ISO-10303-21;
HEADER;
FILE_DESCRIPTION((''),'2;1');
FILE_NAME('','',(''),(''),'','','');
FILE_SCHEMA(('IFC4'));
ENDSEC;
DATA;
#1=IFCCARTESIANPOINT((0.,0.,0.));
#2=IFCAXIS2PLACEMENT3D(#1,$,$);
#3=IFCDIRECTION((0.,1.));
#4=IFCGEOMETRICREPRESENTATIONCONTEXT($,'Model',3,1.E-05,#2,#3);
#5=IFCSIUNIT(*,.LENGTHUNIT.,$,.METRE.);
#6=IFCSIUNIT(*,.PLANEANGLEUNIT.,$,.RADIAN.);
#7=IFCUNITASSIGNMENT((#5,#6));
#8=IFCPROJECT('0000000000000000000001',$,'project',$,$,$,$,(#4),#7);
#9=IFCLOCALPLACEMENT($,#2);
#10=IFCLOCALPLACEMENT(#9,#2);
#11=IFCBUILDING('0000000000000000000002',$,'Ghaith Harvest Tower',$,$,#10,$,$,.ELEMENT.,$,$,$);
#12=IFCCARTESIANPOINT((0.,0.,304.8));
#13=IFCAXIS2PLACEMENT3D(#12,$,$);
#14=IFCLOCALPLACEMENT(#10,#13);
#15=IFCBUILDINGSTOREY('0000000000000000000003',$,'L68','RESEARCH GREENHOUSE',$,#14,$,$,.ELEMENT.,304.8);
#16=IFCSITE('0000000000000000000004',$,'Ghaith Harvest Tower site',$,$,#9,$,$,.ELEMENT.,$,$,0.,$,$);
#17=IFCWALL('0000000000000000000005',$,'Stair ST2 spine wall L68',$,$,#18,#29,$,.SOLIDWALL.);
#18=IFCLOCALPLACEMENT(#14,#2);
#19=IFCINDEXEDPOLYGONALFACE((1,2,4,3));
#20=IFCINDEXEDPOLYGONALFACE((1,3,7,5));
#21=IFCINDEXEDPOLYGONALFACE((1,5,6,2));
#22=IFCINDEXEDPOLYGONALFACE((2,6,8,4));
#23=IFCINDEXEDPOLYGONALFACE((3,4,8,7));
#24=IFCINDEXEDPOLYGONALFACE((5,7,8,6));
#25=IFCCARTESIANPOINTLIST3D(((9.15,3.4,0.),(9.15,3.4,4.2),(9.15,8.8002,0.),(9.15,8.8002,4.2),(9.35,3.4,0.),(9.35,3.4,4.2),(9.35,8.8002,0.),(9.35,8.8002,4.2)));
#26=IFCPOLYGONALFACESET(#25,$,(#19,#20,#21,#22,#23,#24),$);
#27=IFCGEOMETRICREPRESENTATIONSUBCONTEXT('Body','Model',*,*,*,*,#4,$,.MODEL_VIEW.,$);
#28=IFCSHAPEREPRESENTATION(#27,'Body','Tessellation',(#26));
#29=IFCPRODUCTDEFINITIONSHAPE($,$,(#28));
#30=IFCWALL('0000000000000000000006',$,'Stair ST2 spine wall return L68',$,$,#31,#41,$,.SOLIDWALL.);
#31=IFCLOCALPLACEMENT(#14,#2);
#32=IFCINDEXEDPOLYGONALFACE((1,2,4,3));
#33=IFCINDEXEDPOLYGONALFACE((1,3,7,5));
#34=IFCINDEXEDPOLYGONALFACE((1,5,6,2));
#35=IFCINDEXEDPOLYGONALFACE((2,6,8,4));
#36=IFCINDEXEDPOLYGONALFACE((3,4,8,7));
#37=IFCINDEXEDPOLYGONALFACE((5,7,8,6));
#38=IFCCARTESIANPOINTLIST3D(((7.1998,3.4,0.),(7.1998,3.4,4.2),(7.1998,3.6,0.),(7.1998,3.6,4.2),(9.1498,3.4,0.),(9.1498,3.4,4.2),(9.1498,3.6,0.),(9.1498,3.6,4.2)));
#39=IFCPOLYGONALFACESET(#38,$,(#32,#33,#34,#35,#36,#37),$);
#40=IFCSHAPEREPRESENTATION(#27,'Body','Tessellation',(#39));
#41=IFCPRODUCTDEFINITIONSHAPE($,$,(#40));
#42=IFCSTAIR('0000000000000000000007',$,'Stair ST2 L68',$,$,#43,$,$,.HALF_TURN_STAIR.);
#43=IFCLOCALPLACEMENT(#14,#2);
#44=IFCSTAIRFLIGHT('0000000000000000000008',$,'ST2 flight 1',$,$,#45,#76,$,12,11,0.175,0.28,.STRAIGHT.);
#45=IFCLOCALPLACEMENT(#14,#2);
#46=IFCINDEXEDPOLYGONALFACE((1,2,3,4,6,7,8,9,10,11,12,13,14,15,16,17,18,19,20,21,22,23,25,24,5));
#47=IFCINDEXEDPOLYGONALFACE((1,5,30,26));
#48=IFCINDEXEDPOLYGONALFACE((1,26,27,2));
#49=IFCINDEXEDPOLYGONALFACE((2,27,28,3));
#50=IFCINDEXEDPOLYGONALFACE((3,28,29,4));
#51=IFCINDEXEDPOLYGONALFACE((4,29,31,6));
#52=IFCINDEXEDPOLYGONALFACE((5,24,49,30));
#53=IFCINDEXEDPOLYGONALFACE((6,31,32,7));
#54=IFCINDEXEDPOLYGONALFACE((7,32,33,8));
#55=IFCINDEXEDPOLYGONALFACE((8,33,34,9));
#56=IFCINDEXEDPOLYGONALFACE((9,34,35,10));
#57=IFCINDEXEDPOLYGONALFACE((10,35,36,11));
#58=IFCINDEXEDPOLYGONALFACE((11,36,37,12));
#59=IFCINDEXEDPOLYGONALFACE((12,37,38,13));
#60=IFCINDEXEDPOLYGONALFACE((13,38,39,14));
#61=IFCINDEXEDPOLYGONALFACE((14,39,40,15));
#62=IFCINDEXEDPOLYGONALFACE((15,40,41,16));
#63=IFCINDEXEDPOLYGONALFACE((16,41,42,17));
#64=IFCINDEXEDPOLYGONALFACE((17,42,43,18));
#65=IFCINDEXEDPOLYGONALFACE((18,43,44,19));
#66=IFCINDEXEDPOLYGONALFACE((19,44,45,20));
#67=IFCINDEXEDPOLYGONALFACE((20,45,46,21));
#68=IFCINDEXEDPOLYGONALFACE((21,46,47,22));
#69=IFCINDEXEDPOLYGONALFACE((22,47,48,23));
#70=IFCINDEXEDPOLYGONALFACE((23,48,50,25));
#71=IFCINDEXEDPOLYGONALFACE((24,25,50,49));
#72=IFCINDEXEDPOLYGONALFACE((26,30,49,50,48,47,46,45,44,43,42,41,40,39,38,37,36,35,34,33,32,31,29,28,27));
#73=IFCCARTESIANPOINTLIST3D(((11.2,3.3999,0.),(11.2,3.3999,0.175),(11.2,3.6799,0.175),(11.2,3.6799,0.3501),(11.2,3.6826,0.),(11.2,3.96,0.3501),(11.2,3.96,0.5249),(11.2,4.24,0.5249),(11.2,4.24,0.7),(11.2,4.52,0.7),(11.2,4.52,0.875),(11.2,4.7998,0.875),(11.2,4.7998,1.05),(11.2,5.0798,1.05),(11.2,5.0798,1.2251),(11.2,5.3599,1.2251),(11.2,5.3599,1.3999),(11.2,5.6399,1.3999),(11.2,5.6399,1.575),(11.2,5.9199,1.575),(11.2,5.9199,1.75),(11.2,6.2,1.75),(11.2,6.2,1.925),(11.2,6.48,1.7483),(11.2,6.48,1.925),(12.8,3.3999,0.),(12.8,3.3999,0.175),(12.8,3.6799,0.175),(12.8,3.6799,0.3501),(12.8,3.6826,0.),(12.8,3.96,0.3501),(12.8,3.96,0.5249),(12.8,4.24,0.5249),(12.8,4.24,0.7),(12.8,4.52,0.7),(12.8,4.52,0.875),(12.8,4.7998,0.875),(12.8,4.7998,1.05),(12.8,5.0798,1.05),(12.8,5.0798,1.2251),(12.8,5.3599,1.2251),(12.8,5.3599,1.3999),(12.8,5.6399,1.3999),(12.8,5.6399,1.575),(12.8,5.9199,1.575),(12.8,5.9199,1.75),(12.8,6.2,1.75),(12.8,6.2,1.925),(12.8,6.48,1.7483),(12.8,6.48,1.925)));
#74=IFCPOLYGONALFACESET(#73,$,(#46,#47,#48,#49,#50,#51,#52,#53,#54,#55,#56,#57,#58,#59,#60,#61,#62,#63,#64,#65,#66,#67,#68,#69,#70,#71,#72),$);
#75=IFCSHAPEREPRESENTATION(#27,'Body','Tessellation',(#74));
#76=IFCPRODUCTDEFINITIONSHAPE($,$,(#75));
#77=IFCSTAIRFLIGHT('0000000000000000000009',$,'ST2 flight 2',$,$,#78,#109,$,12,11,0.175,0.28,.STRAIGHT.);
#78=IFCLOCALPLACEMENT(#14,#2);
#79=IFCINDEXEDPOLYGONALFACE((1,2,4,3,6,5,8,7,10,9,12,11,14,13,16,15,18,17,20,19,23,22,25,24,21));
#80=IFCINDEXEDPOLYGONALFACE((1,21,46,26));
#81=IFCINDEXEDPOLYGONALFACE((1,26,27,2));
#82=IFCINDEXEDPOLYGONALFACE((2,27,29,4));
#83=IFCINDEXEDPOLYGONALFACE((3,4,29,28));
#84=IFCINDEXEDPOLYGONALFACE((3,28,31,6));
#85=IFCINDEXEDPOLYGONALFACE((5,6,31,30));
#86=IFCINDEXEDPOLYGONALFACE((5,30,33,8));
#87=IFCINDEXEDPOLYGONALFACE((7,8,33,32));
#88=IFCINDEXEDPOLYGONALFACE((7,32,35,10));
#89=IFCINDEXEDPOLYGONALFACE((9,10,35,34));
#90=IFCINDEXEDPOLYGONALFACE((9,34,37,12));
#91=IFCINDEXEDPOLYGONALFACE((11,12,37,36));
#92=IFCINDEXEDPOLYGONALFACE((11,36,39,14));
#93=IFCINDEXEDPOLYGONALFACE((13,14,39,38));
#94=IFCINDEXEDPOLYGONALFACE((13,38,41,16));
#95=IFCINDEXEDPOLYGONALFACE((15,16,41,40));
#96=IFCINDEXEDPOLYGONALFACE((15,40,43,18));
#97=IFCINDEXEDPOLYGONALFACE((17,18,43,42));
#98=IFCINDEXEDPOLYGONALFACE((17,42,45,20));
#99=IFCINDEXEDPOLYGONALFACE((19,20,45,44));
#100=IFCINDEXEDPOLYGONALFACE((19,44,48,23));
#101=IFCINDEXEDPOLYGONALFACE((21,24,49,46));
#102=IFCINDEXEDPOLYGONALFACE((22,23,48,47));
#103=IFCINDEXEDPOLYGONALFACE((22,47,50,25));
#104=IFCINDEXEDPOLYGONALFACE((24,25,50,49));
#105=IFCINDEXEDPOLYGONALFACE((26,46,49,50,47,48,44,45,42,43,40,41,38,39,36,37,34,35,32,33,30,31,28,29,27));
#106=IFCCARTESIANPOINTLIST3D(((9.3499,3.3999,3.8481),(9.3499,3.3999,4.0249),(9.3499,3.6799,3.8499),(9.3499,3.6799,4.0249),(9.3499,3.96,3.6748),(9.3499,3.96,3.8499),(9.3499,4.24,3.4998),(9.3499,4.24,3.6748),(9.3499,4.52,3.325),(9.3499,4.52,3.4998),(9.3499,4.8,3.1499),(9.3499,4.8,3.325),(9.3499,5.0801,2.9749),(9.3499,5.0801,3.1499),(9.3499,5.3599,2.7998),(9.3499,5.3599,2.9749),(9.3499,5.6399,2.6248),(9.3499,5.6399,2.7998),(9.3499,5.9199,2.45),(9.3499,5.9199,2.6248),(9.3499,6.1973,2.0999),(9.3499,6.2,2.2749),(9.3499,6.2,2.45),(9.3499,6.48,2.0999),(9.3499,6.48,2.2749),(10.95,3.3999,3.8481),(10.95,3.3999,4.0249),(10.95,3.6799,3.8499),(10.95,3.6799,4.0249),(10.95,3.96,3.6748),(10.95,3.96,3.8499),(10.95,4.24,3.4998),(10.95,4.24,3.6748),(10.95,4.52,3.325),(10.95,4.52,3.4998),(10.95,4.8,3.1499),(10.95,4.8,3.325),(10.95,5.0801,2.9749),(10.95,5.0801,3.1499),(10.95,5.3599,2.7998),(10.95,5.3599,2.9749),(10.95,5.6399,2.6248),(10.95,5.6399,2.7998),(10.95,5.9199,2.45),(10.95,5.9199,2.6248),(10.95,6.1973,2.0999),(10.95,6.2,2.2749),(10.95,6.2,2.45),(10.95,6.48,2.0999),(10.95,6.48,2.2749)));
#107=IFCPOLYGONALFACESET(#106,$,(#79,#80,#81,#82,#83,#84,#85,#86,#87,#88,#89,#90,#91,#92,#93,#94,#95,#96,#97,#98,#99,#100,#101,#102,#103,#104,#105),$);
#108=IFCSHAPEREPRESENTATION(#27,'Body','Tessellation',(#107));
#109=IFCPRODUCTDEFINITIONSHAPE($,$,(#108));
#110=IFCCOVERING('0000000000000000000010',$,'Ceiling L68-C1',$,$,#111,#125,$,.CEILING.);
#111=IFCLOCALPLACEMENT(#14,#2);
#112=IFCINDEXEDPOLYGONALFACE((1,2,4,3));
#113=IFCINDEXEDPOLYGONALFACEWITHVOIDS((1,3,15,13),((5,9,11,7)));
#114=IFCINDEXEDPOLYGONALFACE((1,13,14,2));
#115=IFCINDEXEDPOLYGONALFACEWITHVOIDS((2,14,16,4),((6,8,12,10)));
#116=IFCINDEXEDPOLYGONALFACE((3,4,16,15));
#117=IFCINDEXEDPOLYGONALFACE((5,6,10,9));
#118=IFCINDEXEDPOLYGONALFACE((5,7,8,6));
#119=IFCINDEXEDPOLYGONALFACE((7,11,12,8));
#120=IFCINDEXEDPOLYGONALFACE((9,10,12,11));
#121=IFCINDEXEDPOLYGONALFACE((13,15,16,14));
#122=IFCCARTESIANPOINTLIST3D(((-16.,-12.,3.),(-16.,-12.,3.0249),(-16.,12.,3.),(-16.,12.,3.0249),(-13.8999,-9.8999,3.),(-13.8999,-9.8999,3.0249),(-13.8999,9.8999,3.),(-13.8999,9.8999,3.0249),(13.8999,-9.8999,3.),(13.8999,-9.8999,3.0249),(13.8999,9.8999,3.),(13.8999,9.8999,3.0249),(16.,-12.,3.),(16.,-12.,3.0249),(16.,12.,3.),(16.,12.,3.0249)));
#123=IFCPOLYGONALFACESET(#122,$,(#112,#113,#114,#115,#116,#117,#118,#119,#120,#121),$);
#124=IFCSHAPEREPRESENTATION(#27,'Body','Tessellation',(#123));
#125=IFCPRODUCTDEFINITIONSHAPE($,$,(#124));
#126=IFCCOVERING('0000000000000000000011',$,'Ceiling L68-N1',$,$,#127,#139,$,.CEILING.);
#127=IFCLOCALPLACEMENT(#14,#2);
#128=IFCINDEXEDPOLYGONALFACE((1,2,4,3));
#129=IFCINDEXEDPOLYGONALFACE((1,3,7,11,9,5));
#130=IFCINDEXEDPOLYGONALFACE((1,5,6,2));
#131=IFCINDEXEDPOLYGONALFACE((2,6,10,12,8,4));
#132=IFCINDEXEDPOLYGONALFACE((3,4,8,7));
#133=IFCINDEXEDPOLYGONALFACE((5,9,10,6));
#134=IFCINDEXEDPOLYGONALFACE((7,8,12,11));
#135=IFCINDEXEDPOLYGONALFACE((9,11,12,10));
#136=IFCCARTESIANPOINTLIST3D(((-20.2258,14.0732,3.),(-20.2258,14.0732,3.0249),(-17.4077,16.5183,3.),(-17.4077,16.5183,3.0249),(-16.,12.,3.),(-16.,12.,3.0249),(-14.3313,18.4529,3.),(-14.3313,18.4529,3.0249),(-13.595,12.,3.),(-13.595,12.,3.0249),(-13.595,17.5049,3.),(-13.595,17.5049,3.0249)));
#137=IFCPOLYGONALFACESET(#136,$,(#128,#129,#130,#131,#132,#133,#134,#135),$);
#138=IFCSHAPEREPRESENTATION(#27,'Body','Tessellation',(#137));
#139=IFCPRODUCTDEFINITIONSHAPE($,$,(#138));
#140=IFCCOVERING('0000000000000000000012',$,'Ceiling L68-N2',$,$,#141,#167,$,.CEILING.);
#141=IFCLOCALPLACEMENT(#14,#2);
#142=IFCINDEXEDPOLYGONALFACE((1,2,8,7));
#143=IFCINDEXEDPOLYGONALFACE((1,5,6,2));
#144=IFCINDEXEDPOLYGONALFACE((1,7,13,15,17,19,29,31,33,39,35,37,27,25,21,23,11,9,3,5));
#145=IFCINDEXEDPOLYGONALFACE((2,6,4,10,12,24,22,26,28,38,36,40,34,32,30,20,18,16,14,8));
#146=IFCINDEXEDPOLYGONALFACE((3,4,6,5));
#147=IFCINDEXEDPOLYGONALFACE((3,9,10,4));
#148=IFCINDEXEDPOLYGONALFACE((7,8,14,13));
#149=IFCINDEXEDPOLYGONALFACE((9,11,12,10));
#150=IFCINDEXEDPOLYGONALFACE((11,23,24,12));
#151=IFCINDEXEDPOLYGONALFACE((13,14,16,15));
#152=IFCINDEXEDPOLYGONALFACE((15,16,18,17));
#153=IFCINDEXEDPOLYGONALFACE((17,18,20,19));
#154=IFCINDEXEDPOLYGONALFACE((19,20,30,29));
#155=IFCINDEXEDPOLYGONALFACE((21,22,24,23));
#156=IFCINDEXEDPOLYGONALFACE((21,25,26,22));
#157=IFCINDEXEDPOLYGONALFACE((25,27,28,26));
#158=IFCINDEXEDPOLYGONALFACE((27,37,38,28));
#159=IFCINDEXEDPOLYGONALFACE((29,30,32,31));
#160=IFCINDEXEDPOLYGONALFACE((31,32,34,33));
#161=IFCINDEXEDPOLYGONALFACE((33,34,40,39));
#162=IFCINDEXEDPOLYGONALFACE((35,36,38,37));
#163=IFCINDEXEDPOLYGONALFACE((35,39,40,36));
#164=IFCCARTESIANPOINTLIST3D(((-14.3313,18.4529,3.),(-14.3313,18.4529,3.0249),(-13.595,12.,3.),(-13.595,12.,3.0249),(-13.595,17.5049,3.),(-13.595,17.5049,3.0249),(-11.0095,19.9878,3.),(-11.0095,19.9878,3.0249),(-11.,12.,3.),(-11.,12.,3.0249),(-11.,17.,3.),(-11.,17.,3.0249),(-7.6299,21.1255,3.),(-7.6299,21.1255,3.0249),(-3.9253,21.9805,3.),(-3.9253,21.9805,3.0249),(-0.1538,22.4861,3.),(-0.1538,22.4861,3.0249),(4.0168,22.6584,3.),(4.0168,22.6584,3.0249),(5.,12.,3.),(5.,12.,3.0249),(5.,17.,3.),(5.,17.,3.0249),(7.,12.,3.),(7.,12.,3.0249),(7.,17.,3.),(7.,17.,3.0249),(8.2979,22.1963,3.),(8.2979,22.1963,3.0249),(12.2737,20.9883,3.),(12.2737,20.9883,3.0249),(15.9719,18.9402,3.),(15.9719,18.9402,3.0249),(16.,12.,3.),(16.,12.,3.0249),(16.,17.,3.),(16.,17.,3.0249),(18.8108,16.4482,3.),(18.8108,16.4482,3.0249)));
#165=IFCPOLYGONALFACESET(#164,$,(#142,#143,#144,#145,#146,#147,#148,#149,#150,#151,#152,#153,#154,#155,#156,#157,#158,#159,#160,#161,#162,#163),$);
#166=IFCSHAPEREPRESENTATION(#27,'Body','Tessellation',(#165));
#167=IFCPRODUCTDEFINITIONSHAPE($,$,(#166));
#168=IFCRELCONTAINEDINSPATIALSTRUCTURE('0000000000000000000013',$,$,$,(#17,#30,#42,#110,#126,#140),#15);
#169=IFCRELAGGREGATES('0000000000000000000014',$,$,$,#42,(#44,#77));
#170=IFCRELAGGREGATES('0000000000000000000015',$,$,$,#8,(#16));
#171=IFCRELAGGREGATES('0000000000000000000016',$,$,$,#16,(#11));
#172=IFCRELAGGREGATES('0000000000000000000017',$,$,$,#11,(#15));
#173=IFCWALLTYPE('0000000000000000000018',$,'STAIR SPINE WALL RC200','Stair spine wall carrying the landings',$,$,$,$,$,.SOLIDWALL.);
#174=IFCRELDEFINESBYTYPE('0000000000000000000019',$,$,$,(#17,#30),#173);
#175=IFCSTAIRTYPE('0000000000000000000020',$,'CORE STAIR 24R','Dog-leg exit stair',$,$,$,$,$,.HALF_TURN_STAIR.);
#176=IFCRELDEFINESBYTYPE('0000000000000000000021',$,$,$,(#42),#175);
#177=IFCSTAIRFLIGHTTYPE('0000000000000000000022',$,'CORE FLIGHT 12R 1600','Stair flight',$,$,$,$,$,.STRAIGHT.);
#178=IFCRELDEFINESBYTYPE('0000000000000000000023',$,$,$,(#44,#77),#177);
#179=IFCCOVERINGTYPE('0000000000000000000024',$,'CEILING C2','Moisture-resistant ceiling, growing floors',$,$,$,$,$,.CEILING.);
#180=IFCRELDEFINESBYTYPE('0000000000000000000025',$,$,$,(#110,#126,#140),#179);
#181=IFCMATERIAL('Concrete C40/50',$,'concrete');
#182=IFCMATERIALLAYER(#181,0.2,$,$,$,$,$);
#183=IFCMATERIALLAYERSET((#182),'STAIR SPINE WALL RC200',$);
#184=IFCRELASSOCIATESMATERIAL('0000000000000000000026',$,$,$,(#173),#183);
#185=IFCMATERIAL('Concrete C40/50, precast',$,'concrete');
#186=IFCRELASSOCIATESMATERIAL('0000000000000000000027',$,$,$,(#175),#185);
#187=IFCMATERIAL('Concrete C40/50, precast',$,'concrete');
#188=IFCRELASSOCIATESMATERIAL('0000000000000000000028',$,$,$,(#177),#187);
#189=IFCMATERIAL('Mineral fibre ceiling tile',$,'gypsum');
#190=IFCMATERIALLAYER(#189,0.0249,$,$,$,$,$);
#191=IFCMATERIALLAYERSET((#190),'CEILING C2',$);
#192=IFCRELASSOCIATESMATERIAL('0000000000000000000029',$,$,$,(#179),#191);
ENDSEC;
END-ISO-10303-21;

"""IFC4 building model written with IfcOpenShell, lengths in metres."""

from ifc_helpers import new_model, si_unit, direction, frame, frame_2d, origin, place, context, subcontext, project, spatial, polyline, rectangle, outline, extrude, material, layer, layer_set, type_object, element, aggregate, save


model = new_model("IFC4")

# Units and contexts
model_context = context("Model", 3, precision=1e-05, world=origin(), true_north=direction((0.0, 1.0)))
body_context = subcontext(model_context, "Body", "Model", "MODEL_VIEW")
ifc_project = project(units=[si_unit("LENGTHUNIT", "METRE"), si_unit("PLANEANGLEUNIT", "RADIAN")], contexts=[model_context])

# Site, building, storey
site_placement = place(None, origin())
site = spatial("IfcSite", under=ifc_project, at=site_placement, Name="Ghaith Harvest Tower site", CompositionType="ELEMENT", RefElevation=0.0)
building_placement = place(site_placement, origin())
building = spatial("IfcBuilding", under=site, at=building_placement, Name="Ghaith Harvest Tower", CompositionType="ELEMENT")
storey_placement = place(building_placement, frame((0.0, 0.0, 304.8)))
storey = spatial("IfcBuildingStorey", under=building, at=storey_placement, Name="L68", Description="RESEARCH GREENHOUSE", CompositionType="ELEMENT", Elevation=304.8)

# Walls
ifc_material_1 = material(Name="Concrete C40/50", Category="concrete")
ifc_layer_1 = layer(ifc_material_1, 0.2)
ifc_layer_set_1 = layer_set([ifc_layer_1], Name="STAIR SPINE WALL RC200")
wall_type_1 = type_object("IfcWallType", Name="STAIR SPINE WALL RC200", Description="Stair spine wall carrying the landings", PredefinedType="SOLIDWALL", material=ifc_layer_set_1)
wall_1_placement = place(storey_placement, frame((9.25, 3.3999, 0.0), z_axis=(0.0, 0.0, 1.0), x_axis=(0.0, 1.0, 0.0)))
element("IfcWall", 1, at=wall_1_placement, inside=storey, type_object=wall_type_1, Name="Stair ST2 spine wall L68", PredefinedType="SOLIDWALL", context=body_context, shape_type="SweptSolid", body=[
    extrude(rectangle(XDim=5.4001, YDim=0.2, at=frame_2d((2.7002, 0.0))), origin(), (0.0, 0.0, 1.0), 4.2),
])
wall_2_placement = place(storey_placement, frame((9.1499, 3.5, 0.0), z_axis=(0.0, 0.0, 1.0), x_axis=(-1.0, 0.0, 0.0)))
element("IfcWall", 2, at=wall_2_placement, inside=storey, type_object=wall_type_1, Name="Stair ST2 spine wall return L68", PredefinedType="SOLIDWALL", context=body_context, shape_type="SweptSolid", body=[
    extrude(rectangle(XDim=1.95, YDim=0.2, at=frame_2d((0.9751, 0.0))), origin(), (0.0, 0.0, 1.0), 4.2),
])

# Stair, stair flights
ifc_material_2 = material(Name="Concrete C40/50, precast", Category="concrete")
stair_type = type_object("IfcStairType", Name="CORE STAIR 24R", Description="Dog-leg exit stair", PredefinedType="HALF_TURN_STAIR", material=ifc_material_2)
stair_placement = place(storey_placement, origin())
stair = element("IfcStair", 3, at=stair_placement, inside=storey, type_object=stair_type, Name="Stair ST2 L68", PredefinedType="HALF_TURN_STAIR")
ifc_material_3 = material(Name="Concrete C40/50, precast", Category="concrete")
stair_flight_type = type_object("IfcStairFlightType", Name="CORE FLIGHT 12R 1600", Description="Stair flight", PredefinedType="STRAIGHT", material=ifc_material_3)
stair_flight_1_placement = place(storey_placement, frame((12.0, 3.3999, 0.0), z_axis=(0.0, 0.0, 1.0), x_axis=(0.0, 1.0, 0.0)))
stair_flight_1 = element("IfcStairFlight", 4, at=stair_flight_1_placement, type_object=stair_flight_type, Name="ST2 flight 1", NumberOfRisers=12, NumberOfTreads=11, PredefinedType="STRAIGHT", RiserHeight=0.175, TreadLength=0.28, context=body_context, shape_type="SweptSolid", body=[
    extrude(outline(polyline([(0.0, 0.0), (0.0, 0.175), (0.28, 0.175), (0.28, 0.3501), (0.5601, 0.3501), (0.5601, 0.5249), (0.8401, 0.5249), (0.8401, 0.7), (1.1201, 0.7), (1.1201, 0.875), (1.3999, 0.875), (1.3999, 1.05), (1.6799, 1.05), (1.6799, 1.2251), (1.96, 1.2251), (1.96, 1.3999), (2.24, 1.3999), (2.24, 1.575), (2.52, 1.575), (2.52, 1.75), (2.8, 1.75), (2.8, 1.925), (3.0801, 1.925), (3.0801, 2.1001), (3.0801, 1.7483), (0.2827, 0.0), (0.0, 0.0)])), frame((0.0, 0.8, 0.0), z_axis=(0.0, -1.0, 0.0), x_axis=(1.0, 0.0, 0.0)), (0.0, 0.0, 1.0), 1.6001),
])
stair_flight_2_placement = place(storey_placement, frame((10.1499, 6.48, 2.0999), z_axis=(0.0, 0.0, 1.0), x_axis=(0.0, -1.0, 0.0)))
stair_flight_2 = element("IfcStairFlight", 5, at=stair_flight_2_placement, type_object=stair_flight_type, Name="ST2 flight 2", NumberOfRisers=12, NumberOfTreads=11, PredefinedType="STRAIGHT", RiserHeight=0.175, TreadLength=0.28, context=body_context, shape_type="SweptSolid", body=[
    extrude(outline(polyline([(0.0, 0.0), (0.0, 0.175), (0.28, 0.175), (0.28, 0.3501), (0.5601, 0.3501), (0.5601, 0.5249), (0.8401, 0.5249), (0.8401, 0.7), (1.1201, 0.7), (1.1201, 0.875), (1.3999, 0.875), (1.3999, 1.05), (1.6799, 1.05), (1.6799, 1.2251), (1.96, 1.2251), (1.96, 1.3999), (2.24, 1.3999), (2.24, 1.575), (2.52, 1.575), (2.52, 1.75), (2.8, 1.75), (2.8, 1.925), (3.0801, 1.925), (3.0801, 2.1001), (3.0801, 1.7483), (0.2827, 0.0), (0.0, 0.0)])), frame((0.0, 0.8, 0.0), z_axis=(0.0, -1.0, 0.0), x_axis=(1.0, 0.0, 0.0)), (0.0, 0.0, 1.0), 1.6001),
])
aggregate(stair, [stair_flight_1, stair_flight_2])

# Coverings
ifc_material_4 = material(Name="Mineral fibre ceiling tile", Category="gypsum")
ifc_layer_2 = layer(ifc_material_4, 0.0249)
ifc_layer_set_2 = layer_set([ifc_layer_2], Name="CEILING C2")
covering_type = type_object("IfcCoveringType", Name="CEILING C2", Description="Moisture-resistant ceiling, growing floors", PredefinedType="CEILING", material=ifc_layer_set_2)
covering_1_placement = place(storey_placement, frame((0.0, 0.0, 3.0)))
element("IfcCovering", 6, at=covering_1_placement, inside=storey, type_object=covering_type, Name="Ceiling L68-C1", PredefinedType="CEILING", context=body_context, shape_type="SweptSolid", body=[
    extrude(outline(polyline([(-16.0, 12.0), (16.0, 12.0), (16.0, -12.0), (-16.0, -12.0), (-16.0, 12.0)]), holes=[polyline([(-13.8999, 9.8999), (-13.8999, -9.8999), (13.8999, -9.8999), (13.8999, 9.8999), (-13.8999, 9.8999)])]), origin(), (0.0, 0.0, 1.0), 0.0249),
])
covering_2_placement = place(storey_placement, frame((0.0, 0.0, 3.0)))
element("IfcCovering", 7, at=covering_2_placement, inside=storey, type_object=covering_type, Name="Ceiling L68-N1", PredefinedType="CEILING", context=body_context, shape_type="SweptSolid", body=[
    extrude(outline(polyline([(-17.4077, 16.5183), (-14.3313, 18.4529), (-13.595, 17.5049), (-13.595, 12.0), (-16.0, 12.0), (-20.2258, 14.0732), (-17.4077, 16.5183)])), origin(), (0.0, 0.0, 1.0), 0.0249),
])
covering_3_placement = place(storey_placement, frame((0.0, 0.0, 3.0)))
element("IfcCovering", 8, at=covering_3_placement, inside=storey, type_object=covering_type, Name="Ceiling L68-N2", PredefinedType="CEILING", context=body_context, shape_type="SweptSolid", body=[
    extrude(outline(polyline([(-14.3313, 18.4529), (-14.3313, 18.4529), (-11.0095, 19.9878), (-7.6299, 21.1255), (-3.9253, 21.9805), (-0.1538, 22.4861), (4.0168, 22.6584), (8.2979, 22.1963), (12.2737, 20.9883), (15.9719, 18.9402), (18.8108, 16.4482), (16.0, 12.0), (16.0, 17.0), (7.0, 17.0), (7.0, 12.0), (5.0, 12.0), (5.0, 17.0), (-11.0, 17.0), (-11.0, 12.0), (-13.595, 12.0), (-13.595, 17.5049), (-14.3313, 18.4529)])), origin(), (0.0, 0.0, 1.0), 0.0249),
])

save(model, "model.ifc")
